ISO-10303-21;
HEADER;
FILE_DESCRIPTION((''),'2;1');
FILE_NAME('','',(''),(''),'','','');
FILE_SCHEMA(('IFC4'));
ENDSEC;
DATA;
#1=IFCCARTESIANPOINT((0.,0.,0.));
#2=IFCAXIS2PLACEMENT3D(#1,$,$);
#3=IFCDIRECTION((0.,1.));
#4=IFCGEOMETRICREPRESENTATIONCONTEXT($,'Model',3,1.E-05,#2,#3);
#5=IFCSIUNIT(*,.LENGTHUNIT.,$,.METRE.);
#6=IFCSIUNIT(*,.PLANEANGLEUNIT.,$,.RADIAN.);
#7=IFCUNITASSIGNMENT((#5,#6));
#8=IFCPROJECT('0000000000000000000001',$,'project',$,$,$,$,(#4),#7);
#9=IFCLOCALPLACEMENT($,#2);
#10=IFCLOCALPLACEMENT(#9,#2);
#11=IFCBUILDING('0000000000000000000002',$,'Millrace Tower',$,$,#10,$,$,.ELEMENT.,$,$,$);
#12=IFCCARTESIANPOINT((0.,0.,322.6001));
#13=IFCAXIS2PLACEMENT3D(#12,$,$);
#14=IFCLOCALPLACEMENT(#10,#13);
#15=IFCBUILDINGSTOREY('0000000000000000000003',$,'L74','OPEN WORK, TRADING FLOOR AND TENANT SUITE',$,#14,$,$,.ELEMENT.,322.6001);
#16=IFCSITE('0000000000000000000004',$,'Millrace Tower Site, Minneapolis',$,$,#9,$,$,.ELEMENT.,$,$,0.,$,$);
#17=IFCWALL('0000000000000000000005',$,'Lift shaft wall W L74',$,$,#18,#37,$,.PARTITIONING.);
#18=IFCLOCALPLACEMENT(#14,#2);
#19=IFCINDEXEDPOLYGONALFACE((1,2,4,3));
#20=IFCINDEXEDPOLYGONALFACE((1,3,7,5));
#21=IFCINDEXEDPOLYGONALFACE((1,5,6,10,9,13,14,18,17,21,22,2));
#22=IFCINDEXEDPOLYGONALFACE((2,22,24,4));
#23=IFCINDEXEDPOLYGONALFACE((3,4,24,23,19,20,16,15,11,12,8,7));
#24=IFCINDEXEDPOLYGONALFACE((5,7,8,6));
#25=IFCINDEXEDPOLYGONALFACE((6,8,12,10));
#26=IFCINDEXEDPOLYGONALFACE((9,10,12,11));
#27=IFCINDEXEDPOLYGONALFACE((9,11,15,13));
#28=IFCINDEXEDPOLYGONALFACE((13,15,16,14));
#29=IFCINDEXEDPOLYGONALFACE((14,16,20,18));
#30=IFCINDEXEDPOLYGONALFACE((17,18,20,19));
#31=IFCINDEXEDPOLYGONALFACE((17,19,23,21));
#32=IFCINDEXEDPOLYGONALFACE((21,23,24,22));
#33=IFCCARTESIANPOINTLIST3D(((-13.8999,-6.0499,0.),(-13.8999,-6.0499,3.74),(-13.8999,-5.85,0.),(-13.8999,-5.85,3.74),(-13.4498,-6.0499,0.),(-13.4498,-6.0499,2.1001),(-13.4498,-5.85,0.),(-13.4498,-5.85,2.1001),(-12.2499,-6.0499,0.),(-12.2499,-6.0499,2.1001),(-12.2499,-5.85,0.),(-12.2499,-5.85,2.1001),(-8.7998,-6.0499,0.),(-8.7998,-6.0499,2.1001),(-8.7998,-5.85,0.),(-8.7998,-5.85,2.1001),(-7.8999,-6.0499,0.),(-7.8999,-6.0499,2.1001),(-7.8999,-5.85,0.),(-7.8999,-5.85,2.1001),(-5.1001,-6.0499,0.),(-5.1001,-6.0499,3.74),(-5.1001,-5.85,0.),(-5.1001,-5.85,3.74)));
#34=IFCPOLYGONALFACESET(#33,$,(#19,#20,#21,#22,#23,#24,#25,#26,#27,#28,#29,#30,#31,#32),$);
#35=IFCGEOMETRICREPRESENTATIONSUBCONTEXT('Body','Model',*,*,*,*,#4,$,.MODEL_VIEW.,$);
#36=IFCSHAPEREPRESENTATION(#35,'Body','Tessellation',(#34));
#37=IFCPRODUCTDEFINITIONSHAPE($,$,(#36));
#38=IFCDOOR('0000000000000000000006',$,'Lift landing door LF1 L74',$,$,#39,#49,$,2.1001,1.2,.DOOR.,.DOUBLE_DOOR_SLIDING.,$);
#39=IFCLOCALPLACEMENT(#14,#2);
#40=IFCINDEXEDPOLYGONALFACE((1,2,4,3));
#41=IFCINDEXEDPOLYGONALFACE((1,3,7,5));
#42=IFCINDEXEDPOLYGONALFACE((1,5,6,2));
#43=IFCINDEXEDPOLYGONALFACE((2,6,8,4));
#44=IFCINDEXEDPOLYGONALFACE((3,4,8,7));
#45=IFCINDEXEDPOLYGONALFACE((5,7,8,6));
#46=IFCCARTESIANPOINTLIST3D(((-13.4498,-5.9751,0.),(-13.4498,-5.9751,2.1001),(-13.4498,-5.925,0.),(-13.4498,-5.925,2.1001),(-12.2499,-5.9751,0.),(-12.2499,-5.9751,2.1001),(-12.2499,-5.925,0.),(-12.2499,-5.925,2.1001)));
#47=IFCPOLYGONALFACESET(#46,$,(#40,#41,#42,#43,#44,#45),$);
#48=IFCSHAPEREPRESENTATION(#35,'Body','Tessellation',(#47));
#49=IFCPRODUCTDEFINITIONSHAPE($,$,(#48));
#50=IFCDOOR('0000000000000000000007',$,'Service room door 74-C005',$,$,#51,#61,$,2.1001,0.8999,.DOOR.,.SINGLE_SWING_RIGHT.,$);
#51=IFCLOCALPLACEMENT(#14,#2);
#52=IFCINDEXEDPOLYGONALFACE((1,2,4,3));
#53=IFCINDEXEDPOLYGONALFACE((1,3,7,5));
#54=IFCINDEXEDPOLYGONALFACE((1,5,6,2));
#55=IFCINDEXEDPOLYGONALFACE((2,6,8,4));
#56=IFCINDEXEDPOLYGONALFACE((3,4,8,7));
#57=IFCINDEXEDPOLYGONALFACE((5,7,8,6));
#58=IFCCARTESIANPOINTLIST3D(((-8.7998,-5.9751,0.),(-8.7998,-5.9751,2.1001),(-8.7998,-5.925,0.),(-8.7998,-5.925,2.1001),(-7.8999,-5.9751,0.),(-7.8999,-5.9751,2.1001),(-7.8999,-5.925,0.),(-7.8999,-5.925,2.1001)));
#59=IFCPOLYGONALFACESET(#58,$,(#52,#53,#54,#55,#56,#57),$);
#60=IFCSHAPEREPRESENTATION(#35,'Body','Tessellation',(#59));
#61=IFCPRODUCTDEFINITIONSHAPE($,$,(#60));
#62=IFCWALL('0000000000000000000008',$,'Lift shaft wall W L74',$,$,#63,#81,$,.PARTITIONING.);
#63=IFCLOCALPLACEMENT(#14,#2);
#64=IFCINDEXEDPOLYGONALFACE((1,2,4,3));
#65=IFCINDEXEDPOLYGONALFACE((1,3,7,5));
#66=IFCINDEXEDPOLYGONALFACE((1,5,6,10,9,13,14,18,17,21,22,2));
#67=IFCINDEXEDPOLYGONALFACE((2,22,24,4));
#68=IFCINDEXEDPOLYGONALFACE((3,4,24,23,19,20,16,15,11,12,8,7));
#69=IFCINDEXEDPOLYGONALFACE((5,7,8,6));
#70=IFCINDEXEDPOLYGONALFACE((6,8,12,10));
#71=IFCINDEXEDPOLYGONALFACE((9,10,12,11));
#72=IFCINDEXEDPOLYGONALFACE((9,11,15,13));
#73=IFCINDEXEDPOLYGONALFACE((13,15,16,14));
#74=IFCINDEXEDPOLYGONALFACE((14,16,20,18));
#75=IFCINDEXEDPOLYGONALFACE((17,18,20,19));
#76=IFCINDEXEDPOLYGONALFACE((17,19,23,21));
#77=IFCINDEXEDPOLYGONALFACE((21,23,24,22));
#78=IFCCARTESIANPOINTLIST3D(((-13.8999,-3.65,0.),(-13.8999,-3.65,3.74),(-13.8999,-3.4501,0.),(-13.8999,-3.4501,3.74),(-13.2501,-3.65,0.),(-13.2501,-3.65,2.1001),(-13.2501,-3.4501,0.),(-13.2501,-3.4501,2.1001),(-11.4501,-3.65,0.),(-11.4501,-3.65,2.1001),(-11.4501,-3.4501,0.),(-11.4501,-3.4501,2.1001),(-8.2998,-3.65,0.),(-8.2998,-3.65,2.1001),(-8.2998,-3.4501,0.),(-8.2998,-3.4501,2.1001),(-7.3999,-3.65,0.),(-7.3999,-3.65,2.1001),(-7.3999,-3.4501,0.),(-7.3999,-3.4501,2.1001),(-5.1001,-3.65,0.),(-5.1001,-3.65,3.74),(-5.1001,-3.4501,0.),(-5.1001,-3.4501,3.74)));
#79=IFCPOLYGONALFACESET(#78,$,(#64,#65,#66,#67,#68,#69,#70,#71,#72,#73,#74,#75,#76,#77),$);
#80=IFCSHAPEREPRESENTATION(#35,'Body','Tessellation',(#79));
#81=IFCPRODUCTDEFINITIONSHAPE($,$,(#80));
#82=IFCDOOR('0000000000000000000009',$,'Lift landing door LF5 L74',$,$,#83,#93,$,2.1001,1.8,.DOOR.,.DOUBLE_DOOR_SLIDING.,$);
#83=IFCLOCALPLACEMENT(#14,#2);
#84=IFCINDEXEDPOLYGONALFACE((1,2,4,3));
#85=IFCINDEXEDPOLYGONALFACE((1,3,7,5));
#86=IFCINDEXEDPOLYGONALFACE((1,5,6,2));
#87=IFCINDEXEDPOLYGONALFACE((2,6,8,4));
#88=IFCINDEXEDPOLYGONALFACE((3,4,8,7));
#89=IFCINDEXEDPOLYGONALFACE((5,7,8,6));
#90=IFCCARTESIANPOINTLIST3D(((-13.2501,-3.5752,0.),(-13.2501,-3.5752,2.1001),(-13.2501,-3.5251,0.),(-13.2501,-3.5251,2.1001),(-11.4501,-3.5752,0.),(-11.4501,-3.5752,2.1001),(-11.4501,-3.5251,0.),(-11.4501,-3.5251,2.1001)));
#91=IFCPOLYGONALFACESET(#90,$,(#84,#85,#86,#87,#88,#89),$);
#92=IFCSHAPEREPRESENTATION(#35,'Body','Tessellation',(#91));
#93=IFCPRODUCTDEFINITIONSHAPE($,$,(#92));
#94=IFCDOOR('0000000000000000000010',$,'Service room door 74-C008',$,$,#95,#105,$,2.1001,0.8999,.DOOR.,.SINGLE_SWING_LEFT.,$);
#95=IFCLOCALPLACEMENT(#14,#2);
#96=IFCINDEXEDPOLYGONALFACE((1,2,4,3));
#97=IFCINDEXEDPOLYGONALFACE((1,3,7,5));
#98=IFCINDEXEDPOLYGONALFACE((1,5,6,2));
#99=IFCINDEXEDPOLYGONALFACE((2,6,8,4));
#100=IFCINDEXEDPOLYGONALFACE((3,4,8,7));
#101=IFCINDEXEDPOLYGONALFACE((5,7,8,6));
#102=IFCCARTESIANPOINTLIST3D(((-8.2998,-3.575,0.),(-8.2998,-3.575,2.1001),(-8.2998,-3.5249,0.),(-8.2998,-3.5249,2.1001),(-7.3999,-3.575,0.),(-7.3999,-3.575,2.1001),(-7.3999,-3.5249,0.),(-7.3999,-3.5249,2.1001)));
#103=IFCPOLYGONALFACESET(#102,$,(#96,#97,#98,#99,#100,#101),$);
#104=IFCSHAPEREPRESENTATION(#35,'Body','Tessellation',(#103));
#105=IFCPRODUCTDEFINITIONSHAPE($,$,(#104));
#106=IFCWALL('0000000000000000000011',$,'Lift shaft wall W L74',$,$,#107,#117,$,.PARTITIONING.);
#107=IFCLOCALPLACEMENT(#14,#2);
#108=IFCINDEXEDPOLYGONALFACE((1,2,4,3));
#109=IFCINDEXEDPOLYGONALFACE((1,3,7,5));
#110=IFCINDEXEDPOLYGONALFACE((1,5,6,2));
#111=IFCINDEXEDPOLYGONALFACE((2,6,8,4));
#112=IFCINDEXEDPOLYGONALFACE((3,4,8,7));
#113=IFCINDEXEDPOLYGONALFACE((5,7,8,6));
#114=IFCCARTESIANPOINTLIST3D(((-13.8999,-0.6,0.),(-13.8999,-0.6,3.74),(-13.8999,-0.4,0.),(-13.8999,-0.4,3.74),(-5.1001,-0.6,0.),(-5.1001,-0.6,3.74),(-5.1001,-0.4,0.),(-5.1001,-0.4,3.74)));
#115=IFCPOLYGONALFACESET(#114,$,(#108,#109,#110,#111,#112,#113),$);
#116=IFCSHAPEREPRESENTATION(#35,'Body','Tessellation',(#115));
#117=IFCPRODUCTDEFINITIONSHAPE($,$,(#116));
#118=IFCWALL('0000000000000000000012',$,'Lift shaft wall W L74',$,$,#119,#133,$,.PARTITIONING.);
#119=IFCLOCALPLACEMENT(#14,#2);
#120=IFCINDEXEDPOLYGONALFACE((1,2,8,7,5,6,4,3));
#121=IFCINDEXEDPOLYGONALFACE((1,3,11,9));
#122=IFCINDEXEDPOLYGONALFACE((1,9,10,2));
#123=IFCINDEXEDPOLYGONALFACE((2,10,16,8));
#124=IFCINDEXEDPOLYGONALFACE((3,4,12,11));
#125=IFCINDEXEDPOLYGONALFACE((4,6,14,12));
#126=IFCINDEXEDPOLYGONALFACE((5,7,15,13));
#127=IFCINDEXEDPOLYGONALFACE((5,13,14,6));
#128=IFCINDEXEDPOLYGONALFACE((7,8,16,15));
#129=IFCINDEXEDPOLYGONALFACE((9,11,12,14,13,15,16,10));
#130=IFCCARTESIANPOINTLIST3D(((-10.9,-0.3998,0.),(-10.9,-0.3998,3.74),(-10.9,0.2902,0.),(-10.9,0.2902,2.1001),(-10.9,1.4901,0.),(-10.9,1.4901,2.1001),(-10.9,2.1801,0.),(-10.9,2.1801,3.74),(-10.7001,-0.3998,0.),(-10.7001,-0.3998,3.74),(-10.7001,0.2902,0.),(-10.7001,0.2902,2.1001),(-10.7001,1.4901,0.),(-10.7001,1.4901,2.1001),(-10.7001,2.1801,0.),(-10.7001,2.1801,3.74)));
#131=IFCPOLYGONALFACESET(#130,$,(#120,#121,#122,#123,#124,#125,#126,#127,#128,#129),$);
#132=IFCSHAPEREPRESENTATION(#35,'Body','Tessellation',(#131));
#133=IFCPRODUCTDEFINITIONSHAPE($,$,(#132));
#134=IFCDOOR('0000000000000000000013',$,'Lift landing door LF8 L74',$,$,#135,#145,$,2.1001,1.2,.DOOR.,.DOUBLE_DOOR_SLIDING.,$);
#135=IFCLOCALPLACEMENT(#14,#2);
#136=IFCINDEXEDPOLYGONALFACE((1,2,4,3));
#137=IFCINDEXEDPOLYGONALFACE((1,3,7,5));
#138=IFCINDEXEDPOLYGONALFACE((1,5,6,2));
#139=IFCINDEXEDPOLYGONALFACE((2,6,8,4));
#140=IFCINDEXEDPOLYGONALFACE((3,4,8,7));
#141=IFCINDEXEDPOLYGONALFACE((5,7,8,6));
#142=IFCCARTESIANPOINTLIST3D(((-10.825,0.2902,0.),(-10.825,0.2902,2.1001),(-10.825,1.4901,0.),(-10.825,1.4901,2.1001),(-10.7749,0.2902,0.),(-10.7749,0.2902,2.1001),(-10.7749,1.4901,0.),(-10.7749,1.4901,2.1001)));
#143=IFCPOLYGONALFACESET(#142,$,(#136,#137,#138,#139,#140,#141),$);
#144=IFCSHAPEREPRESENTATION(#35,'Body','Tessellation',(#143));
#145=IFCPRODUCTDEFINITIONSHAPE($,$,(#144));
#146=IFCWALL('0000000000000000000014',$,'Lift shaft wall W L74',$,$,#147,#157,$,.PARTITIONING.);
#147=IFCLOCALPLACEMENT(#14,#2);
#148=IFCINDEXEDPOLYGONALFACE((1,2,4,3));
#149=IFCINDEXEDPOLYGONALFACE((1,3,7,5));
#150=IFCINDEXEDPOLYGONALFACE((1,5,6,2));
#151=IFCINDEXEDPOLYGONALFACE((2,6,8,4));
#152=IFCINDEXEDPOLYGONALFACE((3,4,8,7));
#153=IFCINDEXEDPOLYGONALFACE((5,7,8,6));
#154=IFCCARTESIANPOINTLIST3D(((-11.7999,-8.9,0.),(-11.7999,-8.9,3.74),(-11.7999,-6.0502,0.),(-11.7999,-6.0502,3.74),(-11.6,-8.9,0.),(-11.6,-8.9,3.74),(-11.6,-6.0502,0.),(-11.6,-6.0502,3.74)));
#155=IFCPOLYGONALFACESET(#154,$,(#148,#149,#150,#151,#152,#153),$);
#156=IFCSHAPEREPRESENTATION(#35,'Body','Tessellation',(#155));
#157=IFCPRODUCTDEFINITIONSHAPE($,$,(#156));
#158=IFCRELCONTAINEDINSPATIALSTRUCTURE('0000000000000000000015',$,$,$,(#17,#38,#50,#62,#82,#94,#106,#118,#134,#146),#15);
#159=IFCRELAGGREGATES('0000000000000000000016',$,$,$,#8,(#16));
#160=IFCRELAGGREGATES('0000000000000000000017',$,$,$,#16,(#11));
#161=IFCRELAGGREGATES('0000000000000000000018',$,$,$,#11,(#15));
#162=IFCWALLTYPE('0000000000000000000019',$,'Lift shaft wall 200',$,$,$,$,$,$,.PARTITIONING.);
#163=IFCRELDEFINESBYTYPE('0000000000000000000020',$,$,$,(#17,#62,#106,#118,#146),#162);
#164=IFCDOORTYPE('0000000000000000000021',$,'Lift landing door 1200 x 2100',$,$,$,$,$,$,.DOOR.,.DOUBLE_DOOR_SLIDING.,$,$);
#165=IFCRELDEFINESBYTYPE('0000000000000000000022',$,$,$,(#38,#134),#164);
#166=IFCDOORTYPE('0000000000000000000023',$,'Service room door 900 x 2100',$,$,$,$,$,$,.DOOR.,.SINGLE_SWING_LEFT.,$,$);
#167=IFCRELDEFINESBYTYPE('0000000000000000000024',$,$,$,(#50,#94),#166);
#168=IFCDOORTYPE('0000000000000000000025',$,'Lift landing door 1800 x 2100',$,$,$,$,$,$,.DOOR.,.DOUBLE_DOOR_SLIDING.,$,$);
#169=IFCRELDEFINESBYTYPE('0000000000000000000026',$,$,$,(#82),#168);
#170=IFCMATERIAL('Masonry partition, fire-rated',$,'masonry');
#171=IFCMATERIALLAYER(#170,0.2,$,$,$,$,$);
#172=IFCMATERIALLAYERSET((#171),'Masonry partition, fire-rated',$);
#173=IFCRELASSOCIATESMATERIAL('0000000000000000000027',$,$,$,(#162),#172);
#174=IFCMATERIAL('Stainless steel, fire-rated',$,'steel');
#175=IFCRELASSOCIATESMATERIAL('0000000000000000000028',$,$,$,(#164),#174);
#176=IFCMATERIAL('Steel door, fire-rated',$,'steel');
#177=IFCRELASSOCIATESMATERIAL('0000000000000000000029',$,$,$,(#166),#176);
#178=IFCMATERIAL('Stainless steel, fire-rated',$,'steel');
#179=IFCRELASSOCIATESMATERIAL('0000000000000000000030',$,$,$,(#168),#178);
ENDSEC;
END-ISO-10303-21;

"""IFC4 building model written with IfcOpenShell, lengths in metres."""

from ifc_helpers import new_model, si_unit, direction, frame, frame_2d, origin, place, context, subcontext, project, spatial, rectangle, extrude, material, layer, layer_set, type_object, element, fill, save


model = new_model("IFC4")

# Units and contexts
model_context = context("Model", 3, precision=1e-05, world=origin(), true_north=direction((0.0, 1.0)))
body_context = subcontext(model_context, "Body", "Model", "MODEL_VIEW")
ifc_project = project(units=[si_unit("LENGTHUNIT", "METRE"), si_unit("PLANEANGLEUNIT", "RADIAN")], contexts=[model_context])

# Site, building, storey
site_placement = place(None, origin())
site = spatial("IfcSite", under=ifc_project, at=site_placement, Name="Millrace Tower Site, Minneapolis", CompositionType="ELEMENT", RefElevation=0.0)
building_placement = place(site_placement, origin())
building = spatial("IfcBuilding", under=site, at=building_placement, Name="Millrace Tower", CompositionType="ELEMENT")
storey_placement = place(building_placement, frame((0.0, 0.0, 322.6001)))
storey = spatial("IfcBuildingStorey", under=building, at=storey_placement, Name="L74", Description="OPEN WORK, TRADING FLOOR AND TENANT SUITE", CompositionType="ELEMENT", Elevation=322.6001)

# Walls, openings, doors
ifc_material_1 = material(Name="Masonry partition, fire-rated", Category="masonry")
ifc_layer_1 = layer(ifc_material_1, 0.2)
ifc_layer_set_1 = layer_set([ifc_layer_1], Name="Masonry partition, fire-rated")
wall_type_1 = type_object("IfcWallType", Name="Lift shaft wall 200", PredefinedType="PARTITIONING", material=ifc_layer_set_1)
wall_1_placement = place(storey_placement, frame((-13.8999, -5.95, 0.0), z_axis=(0.0, 0.0, 1.0), x_axis=(1.0, 0.0, 0.0)))
wall_1 = element("IfcWall", 1, at=wall_1_placement, inside=storey, type_object=wall_type_1, Name="Lift shaft wall W L74", PredefinedType="PARTITIONING", context=body_context, shape_type="SweptSolid", body=[
    extrude(rectangle(XDim=8.7998, YDim=0.2, at=frame_2d((4.3999, 0.0))), origin(), (0.0, 0.0, 1.0), 3.74),
])
opening_1_placement = place(wall_1_placement, frame((0.45, 0.0, 0.0)))
opening_1 = element("IfcOpeningElement", 2, at=opening_1_placement, cuts=wall_1, PredefinedType="OPENING", context=body_context, shape_type="SweptSolid", body=[
    extrude(rectangle(XDim=1.2, YDim=2.1001, at=frame_2d((0.6001, 1.05))), frame((0.0, 0.1099, 0.0), z_axis=(0.0, -1.0, 0.0), x_axis=(1.0, 0.0, 0.0)), (0.0, 0.0, 1.0), 0.22),
])
opening_2_placement = place(wall_1_placement, frame((5.1001, 0.0, 0.0)))
opening_2 = element("IfcOpeningElement", 3, at=opening_2_placement, cuts=wall_1, PredefinedType="OPENING", context=body_context, shape_type="SweptSolid", body=[
    extrude(rectangle(XDim=0.8999, YDim=2.1001, at=frame_2d((0.45, 1.05))), frame((0.0, 0.1099, 0.0), z_axis=(0.0, -1.0, 0.0), x_axis=(1.0, 0.0, 0.0)), (0.0, 0.0, 1.0), 0.22),
])
ifc_material_2 = material(Name="Stainless steel, fire-rated", Category="steel")
door_type_1 = type_object("IfcDoorType", Name="Lift landing door 1200 x 2100", OperationType="DOUBLE_DOOR_SLIDING", PredefinedType="DOOR", material=ifc_material_2)
door_1_placement = place(opening_1_placement, origin())
door_1 = element("IfcDoor", 4, at=door_1_placement, inside=storey, type_object=door_type_1, Name="Lift landing door LF1 L74", OperationType="DOUBLE_DOOR_SLIDING", OverallHeight=2.1001, OverallWidth=1.2, PredefinedType="DOOR", context=body_context, shape_type="SweptSolid", body=[
    extrude(rectangle(XDim=1.2, YDim=2.1001, at=frame_2d((0.6001, 1.05))), frame((0.0, 0.0249, 0.0), z_axis=(0.0, -1.0, 0.0), x_axis=(1.0, 0.0, 0.0)), (0.0, 0.0, 1.0), 0.05),
])
fill(opening_1, door_1)
ifc_material_3 = material(Name="Steel door, fire-rated", Category="steel")
door_type_2 = type_object("IfcDoorType", Name="Service room door 900 x 2100", OperationType="SINGLE_SWING_LEFT", PredefinedType="DOOR", material=ifc_material_3)
door_2_placement = place(opening_2_placement, origin())
door_2 = element("IfcDoor", 5, at=door_2_placement, inside=storey, type_object=door_type_2, Name="Service room door 74-C005", OperationType="SINGLE_SWING_RIGHT", OverallHeight=2.1001, OverallWidth=0.8999, PredefinedType="DOOR", context=body_context, shape_type="SweptSolid", body=[
    extrude(rectangle(XDim=0.8999, YDim=2.1001, at=frame_2d((0.45, 1.05))), frame((0.0, 0.0249, 0.0), z_axis=(0.0, -1.0, 0.0), x_axis=(1.0, 0.0, 0.0)), (0.0, 0.0, 1.0), 0.05),
])
fill(opening_2, door_2)
wall_2_placement = place(storey_placement, frame((-13.8999, -3.55, 0.0), z_axis=(0.0, 0.0, 1.0), x_axis=(1.0, 0.0, 0.0)))
wall_2 = element("IfcWall", 6, at=wall_2_placement, inside=storey, type_object=wall_type_1, Name="Lift shaft wall W L74", PredefinedType="PARTITIONING", context=body_context, shape_type="SweptSolid", body=[
    extrude(rectangle(XDim=8.7998, YDim=0.2, at=frame_2d((4.3999, 0.0))), origin(), (0.0, 0.0, 1.0), 3.74),
])
opening_3_placement = place(wall_2_placement, frame((0.6499, 0.0, 0.0)))
opening_3 = element("IfcOpeningElement", 7, at=opening_3_placement, cuts=wall_2, PredefinedType="OPENING", context=body_context, shape_type="SweptSolid", body=[
    extrude(rectangle(XDim=1.8, YDim=2.1001, at=frame_2d((0.8999, 1.05))), frame((0.0, 0.1099, 0.0), z_axis=(0.0, -1.0, 0.0), x_axis=(1.0, 0.0, 0.0)), (0.0, 0.0, 1.0), 0.22),
])
opening_4_placement = place(wall_2_placement, frame((5.6001, 0.0, 0.0)))
opening_4 = element("IfcOpeningElement", 8, at=opening_4_placement, cuts=wall_2, PredefinedType="OPENING", context=body_context, shape_type="SweptSolid", body=[
    extrude(rectangle(XDim=0.8999, YDim=2.1001, at=frame_2d((0.45, 1.05))), frame((0.0, 0.1099, 0.0), z_axis=(0.0, -1.0, 0.0), x_axis=(1.0, 0.0, 0.0)), (0.0, 0.0, 1.0), 0.22),
])
ifc_material_4 = material(Name="Stainless steel, fire-rated", Category="steel")
door_type_3 = type_object("IfcDoorType", Name="Lift landing door 1800 x 2100", OperationType="DOUBLE_DOOR_SLIDING", PredefinedType="DOOR", material=ifc_material_4)
door_3_placement = place(opening_3_placement, origin())
door_3 = element("IfcDoor", 9, at=door_3_placement, inside=storey, type_object=door_type_3, Name="Lift landing door LF5 L74", OperationType="DOUBLE_DOOR_SLIDING", OverallHeight=2.1001, OverallWidth=1.8, PredefinedType="DOOR", context=body_context, shape_type="SweptSolid", body=[
    extrude(rectangle(XDim=1.8, YDim=2.1001, at=frame_2d((0.8999, 1.05))), frame((0.0, 0.0249, 0.0), z_axis=(0.0, -1.0, 0.0), x_axis=(1.0, 0.0, 0.0)), (0.0, 0.0, 1.0), 0.05),
])
fill(opening_3, door_3)
door_4_placement = place(opening_4_placement, frame((0.8999, 0.0, 0.0), z_axis=(0.0, 0.0, 1.0), x_axis=(-1.0, 0.0, 0.0)))
door_4 = element("IfcDoor", 10, at=door_4_placement, inside=storey, type_object=door_type_2, Name="Service room door 74-C008", OperationType="SINGLE_SWING_LEFT", OverallHeight=2.1001, OverallWidth=0.8999, PredefinedType="DOOR", context=body_context, shape_type="SweptSolid", body=[
    extrude(rectangle(XDim=0.8999, YDim=2.1001, at=frame_2d((0.45, 1.05))), frame((0.0, 0.0249, 0.0), z_axis=(0.0, -1.0, 0.0), x_axis=(1.0, 0.0, 0.0)), (0.0, 0.0, 1.0), 0.05),
])
fill(opening_4, door_4)

# Wall
wall_3_placement = place(storey_placement, frame((-13.8999, -0.5, 0.0), z_axis=(0.0, 0.0, 1.0), x_axis=(1.0, 0.0, 0.0)))
element("IfcWall", 11, at=wall_3_placement, inside=storey, type_object=wall_type_1, Name="Lift shaft wall W L74", PredefinedType="PARTITIONING", context=body_context, shape_type="SweptSolid", body=[
    extrude(rectangle(XDim=8.7998, YDim=0.2, at=frame_2d((4.3999, 0.0))), origin(), (0.0, 0.0, 1.0), 3.74),
])

# Wall, opening, door
wall_4_placement = place(storey_placement, frame((-10.8, -0.3999, 0.0), z_axis=(0.0, 0.0, 1.0), x_axis=(0.0, 1.0, 0.0)))
wall_4 = element("IfcWall", 12, at=wall_4_placement, inside=storey, type_object=wall_type_1, Name="Lift shaft wall W L74", PredefinedType="PARTITIONING", context=body_context, shape_type="SweptSolid", body=[
    extrude(rectangle(XDim=2.5798, YDim=0.2, at=frame_2d((1.29, 0.0))), origin(), (0.0, 0.0, 1.0), 3.74),
])
opening_5_placement = place(wall_4_placement, frame((0.6899, 0.0, 0.0)))
opening_5 = element("IfcOpeningElement", 13, at=opening_5_placement, cuts=wall_4, PredefinedType="OPENING", context=body_context, shape_type="SweptSolid", body=[
    extrude(rectangle(XDim=1.2, YDim=2.1001, at=frame_2d((0.6001, 1.05))), frame((0.0, 0.1099, 0.0), z_axis=(0.0, -1.0, 0.0), x_axis=(1.0, 0.0, 0.0)), (0.0, 0.0, 1.0), 0.22),
])
door_5_placement = place(opening_5_placement, origin())
door_5 = element("IfcDoor", 14, at=door_5_placement, inside=storey, type_object=door_type_1, Name="Lift landing door LF8 L74", OperationType="DOUBLE_DOOR_SLIDING", OverallHeight=2.1001, OverallWidth=1.2, PredefinedType="DOOR", context=body_context, shape_type="SweptSolid", body=[
    extrude(rectangle(XDim=1.2, YDim=2.1001, at=frame_2d((0.6001, 1.05))), frame((0.0, 0.0249, 0.0), z_axis=(0.0, -1.0, 0.0), x_axis=(1.0, 0.0, 0.0)), (0.0, 0.0, 1.0), 0.05),
])
fill(opening_5, door_5)

# Wall
wall_5_placement = place(storey_placement, frame((-11.7, -8.8999, 0.0), z_axis=(0.0, 0.0, 1.0), x_axis=(0.0, 1.0, 0.0)))
element("IfcWall", 15, at=wall_5_placement, inside=storey, type_object=wall_type_1, Name="Lift shaft wall W L74", PredefinedType="PARTITIONING", context=body_context, shape_type="SweptSolid", body=[
    extrude(rectangle(XDim=2.8499, YDim=0.2, at=frame_2d((1.4248, 0.0))), origin(), (0.0, 0.0, 1.0), 3.74),
])

save(model, "model.ifc")
